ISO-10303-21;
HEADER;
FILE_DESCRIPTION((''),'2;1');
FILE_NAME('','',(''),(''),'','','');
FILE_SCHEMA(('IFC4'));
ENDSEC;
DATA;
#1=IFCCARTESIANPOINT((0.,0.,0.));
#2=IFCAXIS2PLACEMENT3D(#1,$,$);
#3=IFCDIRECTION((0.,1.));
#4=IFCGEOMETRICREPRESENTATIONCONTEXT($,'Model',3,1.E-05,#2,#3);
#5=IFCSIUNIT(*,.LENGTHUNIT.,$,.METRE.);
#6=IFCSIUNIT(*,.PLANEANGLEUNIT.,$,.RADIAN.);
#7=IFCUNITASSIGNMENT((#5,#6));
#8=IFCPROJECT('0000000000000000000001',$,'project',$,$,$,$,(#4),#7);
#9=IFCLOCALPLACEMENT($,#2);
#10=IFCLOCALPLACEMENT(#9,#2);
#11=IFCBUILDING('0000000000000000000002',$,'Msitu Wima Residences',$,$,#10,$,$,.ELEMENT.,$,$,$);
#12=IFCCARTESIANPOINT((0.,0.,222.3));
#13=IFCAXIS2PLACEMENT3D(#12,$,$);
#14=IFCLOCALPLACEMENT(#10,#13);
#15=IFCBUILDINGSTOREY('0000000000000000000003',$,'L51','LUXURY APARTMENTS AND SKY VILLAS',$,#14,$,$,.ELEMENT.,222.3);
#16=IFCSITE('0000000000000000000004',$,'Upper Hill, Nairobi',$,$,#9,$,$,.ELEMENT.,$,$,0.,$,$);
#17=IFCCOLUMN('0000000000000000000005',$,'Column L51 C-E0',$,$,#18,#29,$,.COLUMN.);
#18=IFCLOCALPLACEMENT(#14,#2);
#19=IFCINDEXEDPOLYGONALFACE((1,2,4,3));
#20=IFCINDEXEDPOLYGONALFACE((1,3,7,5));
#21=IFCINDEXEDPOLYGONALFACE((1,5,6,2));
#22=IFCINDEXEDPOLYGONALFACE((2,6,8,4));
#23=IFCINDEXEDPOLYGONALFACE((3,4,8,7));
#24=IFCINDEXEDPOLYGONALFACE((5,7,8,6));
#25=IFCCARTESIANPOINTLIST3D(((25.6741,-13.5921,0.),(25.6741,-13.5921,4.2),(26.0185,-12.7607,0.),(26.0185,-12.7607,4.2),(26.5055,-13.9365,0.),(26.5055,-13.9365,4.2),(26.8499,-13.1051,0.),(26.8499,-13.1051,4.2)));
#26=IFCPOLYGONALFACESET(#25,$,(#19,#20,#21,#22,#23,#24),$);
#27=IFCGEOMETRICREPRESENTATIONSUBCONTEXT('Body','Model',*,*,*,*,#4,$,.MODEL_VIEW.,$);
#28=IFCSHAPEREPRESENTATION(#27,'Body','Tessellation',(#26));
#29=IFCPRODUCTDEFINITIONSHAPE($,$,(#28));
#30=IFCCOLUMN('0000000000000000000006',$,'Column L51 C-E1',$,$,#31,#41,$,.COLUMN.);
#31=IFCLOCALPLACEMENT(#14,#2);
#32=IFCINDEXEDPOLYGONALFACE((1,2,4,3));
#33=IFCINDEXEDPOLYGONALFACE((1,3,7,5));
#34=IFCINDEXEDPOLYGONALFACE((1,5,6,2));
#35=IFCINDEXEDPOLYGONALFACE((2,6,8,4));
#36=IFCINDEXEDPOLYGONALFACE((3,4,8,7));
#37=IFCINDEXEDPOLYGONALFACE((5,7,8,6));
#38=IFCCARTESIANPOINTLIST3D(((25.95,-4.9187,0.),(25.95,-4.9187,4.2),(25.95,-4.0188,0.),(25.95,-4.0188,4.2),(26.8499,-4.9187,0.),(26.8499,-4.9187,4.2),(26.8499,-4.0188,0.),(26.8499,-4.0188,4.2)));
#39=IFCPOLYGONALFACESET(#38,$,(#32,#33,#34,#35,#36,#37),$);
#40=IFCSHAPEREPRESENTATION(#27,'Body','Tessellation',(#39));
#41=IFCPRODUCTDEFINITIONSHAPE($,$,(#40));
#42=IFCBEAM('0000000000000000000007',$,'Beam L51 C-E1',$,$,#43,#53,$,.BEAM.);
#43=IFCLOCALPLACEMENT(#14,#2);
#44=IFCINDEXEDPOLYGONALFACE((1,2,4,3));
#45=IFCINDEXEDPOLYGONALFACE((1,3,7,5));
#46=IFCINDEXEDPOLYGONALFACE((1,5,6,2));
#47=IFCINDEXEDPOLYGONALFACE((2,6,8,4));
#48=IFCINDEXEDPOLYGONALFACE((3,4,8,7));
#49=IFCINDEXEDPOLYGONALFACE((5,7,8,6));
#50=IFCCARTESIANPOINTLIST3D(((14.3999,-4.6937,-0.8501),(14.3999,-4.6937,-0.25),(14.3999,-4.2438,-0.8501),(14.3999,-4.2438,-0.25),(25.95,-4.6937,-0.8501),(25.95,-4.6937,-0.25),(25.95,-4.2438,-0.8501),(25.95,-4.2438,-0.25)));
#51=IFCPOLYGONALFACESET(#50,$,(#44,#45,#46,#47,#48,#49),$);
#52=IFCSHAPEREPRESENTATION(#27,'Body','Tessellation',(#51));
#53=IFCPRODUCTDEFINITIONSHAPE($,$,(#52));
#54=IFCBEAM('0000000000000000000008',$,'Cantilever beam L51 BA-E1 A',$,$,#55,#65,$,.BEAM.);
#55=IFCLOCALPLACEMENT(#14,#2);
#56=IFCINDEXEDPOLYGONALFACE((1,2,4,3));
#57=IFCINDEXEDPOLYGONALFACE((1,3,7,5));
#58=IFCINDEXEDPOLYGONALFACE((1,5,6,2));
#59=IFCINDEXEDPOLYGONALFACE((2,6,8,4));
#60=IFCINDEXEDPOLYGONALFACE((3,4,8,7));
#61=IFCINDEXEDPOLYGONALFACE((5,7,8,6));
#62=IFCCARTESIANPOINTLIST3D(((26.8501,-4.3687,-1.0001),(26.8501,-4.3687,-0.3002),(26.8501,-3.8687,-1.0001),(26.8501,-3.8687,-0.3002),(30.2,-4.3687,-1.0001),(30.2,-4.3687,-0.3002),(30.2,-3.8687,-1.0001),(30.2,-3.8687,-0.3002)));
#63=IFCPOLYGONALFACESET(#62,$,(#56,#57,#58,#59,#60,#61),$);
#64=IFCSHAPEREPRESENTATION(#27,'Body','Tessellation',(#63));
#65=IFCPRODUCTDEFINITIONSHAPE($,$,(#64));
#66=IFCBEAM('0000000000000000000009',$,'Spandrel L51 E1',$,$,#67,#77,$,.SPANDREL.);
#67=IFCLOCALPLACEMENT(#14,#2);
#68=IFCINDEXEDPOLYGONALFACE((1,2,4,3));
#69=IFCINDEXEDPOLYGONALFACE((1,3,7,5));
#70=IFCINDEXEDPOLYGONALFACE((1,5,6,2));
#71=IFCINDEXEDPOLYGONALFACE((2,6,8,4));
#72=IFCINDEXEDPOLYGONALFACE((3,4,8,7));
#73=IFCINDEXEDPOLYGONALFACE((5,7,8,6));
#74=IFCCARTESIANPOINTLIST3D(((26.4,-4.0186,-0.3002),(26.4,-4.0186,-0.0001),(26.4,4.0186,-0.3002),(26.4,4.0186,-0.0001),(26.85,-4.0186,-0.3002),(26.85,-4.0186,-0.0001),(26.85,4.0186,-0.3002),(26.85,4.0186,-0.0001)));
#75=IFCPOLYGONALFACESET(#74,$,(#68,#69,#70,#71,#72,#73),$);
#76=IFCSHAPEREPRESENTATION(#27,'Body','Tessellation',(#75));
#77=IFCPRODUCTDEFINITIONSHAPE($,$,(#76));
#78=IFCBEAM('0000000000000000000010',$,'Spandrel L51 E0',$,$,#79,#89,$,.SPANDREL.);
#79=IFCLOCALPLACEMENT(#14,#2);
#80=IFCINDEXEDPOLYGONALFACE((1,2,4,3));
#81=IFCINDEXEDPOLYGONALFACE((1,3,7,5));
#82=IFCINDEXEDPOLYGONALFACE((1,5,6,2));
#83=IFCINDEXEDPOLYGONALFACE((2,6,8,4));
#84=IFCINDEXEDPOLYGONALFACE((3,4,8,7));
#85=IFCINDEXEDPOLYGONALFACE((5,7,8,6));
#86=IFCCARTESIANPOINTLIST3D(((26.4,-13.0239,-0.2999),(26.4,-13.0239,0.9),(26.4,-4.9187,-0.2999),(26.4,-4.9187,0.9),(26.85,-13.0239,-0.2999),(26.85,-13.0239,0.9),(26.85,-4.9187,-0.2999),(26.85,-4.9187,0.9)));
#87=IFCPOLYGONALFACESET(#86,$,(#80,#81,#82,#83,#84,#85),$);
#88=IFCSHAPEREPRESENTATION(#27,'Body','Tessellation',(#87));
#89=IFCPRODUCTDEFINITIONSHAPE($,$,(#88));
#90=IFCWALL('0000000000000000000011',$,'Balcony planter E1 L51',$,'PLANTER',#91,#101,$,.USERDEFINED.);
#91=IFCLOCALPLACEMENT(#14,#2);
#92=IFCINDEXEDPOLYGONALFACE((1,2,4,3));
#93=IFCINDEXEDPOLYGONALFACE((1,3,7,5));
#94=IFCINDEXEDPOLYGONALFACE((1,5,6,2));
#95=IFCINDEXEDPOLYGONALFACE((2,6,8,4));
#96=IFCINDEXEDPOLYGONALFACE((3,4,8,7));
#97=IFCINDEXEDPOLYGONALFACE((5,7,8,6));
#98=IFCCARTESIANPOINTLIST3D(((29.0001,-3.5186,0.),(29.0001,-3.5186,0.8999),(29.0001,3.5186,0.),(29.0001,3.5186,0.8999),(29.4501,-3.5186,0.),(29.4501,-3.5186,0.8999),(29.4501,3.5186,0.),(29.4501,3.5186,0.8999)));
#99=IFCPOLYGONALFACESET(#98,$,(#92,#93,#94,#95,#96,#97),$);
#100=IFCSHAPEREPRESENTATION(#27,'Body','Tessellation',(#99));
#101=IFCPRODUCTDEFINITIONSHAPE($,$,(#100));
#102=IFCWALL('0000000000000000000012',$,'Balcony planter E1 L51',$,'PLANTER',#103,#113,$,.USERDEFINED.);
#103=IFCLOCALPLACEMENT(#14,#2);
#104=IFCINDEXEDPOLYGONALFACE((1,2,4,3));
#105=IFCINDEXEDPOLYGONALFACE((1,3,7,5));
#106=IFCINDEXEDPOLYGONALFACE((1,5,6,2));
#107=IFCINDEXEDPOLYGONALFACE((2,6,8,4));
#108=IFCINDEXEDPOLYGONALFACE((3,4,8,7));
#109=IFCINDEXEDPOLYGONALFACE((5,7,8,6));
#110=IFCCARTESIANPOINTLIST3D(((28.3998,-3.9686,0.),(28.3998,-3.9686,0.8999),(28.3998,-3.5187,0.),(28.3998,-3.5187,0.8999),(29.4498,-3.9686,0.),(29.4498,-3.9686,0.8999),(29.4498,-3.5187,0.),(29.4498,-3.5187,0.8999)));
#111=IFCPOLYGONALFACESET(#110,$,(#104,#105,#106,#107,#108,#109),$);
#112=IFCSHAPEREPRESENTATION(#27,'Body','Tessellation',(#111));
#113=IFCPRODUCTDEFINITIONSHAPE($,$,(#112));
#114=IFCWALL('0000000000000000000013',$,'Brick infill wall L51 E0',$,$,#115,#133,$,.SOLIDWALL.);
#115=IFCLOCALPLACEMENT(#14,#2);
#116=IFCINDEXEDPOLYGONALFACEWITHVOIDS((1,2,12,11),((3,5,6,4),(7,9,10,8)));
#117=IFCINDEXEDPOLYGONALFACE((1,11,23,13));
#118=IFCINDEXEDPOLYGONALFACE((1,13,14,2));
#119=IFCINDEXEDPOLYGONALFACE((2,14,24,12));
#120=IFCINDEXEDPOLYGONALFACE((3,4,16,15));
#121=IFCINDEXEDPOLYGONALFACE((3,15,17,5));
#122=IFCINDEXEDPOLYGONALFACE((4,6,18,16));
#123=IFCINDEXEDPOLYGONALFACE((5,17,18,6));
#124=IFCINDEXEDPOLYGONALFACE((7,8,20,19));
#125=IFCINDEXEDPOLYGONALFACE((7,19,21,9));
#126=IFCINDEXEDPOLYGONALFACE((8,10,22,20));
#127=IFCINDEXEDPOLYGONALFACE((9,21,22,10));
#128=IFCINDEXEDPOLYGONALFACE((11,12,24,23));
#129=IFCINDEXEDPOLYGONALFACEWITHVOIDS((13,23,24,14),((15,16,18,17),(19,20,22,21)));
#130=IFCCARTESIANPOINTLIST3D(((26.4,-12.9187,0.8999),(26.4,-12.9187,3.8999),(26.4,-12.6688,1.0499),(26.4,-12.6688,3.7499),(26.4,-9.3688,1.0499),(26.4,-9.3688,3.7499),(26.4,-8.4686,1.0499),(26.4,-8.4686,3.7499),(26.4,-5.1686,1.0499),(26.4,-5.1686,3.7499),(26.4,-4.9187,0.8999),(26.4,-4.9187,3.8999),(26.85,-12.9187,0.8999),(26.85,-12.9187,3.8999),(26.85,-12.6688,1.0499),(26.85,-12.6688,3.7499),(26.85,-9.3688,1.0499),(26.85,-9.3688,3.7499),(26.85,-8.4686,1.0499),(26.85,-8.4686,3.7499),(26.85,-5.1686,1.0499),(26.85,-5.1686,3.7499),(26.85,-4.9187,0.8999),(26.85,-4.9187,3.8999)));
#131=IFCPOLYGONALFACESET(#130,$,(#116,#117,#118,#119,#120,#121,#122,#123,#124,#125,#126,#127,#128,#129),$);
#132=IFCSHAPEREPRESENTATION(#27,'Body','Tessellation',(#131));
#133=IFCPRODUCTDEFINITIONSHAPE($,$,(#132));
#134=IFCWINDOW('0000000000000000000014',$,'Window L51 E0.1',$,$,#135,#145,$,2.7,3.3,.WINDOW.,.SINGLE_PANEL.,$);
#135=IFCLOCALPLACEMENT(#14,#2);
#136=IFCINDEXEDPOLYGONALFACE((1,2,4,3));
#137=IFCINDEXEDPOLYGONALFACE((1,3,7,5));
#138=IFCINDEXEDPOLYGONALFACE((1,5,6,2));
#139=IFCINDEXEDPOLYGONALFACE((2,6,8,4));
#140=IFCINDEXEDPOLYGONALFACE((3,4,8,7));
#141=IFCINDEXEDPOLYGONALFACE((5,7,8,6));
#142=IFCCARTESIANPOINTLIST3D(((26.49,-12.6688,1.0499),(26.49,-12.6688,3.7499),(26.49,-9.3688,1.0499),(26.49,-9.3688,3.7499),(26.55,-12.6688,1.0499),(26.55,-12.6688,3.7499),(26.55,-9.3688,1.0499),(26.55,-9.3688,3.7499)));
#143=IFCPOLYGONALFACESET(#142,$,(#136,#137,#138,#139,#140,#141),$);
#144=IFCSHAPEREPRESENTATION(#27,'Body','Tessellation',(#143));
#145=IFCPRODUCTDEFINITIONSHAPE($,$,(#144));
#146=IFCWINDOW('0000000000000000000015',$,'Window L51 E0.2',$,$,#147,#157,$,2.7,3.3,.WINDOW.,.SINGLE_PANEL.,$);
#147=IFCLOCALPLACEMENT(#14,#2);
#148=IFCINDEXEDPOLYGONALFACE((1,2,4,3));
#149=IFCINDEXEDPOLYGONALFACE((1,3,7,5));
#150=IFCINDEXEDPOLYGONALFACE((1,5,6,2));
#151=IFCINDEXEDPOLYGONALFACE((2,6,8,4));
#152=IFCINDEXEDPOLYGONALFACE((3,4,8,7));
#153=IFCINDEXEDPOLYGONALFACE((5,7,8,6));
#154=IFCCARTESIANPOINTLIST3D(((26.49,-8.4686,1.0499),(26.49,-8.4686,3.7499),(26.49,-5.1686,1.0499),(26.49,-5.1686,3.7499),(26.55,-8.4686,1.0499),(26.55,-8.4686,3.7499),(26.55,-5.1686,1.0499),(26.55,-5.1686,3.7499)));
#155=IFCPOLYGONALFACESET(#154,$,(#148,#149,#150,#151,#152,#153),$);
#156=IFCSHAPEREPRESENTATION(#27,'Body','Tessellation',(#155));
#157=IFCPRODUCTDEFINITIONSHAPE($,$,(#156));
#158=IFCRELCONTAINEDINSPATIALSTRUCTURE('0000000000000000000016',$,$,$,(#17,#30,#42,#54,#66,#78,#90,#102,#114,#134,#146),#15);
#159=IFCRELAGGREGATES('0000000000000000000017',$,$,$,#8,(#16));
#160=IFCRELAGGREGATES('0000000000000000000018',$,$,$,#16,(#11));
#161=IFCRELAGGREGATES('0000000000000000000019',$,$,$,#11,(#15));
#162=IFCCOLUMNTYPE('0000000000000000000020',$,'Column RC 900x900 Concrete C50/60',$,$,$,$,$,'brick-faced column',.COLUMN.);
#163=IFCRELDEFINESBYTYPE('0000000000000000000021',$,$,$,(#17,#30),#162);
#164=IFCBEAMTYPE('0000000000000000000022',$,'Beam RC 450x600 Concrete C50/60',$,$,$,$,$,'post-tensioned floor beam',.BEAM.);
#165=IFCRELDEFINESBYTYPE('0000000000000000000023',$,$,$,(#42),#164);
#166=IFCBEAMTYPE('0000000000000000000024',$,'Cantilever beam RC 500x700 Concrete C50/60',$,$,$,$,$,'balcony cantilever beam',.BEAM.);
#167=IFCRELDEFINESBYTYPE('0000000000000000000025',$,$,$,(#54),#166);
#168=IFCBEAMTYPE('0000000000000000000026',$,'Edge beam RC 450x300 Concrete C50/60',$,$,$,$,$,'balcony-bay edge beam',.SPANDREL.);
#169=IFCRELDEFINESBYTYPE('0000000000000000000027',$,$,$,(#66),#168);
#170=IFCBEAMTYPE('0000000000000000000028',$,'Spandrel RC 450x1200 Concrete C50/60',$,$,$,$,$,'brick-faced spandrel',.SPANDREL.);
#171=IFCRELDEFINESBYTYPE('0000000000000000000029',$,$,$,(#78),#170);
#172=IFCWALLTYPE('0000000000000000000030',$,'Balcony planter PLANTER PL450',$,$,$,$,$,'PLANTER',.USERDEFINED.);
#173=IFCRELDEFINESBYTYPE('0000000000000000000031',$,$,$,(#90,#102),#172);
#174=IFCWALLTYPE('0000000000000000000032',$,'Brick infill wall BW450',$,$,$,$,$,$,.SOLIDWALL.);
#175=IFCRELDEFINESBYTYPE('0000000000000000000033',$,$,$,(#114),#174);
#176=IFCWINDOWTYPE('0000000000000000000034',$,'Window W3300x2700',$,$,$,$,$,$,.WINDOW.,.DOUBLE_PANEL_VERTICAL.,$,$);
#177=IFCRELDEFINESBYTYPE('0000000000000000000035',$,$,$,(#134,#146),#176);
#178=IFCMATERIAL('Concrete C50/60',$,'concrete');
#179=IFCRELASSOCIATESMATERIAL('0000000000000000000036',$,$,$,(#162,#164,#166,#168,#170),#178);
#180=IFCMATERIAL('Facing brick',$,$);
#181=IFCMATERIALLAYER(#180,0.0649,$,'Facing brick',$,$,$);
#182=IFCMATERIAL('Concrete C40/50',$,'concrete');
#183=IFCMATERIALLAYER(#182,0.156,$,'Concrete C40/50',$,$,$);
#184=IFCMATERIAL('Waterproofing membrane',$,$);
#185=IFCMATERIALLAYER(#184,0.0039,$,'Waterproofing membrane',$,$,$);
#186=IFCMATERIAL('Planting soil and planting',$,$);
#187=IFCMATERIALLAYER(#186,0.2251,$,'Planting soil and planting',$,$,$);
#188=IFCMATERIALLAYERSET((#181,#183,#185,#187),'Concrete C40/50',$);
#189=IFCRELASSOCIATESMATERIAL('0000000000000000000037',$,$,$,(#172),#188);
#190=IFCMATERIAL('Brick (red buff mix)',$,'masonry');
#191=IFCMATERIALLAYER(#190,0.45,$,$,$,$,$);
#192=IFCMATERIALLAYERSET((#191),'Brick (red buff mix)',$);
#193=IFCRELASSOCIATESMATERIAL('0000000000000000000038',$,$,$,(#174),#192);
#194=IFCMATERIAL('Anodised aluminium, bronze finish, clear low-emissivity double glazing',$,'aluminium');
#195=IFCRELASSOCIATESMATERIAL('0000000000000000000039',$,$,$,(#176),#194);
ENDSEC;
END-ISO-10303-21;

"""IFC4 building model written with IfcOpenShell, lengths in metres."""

from ifc_helpers import new_model, si_unit, direction, frame, frame_2d, origin, origin_2d, place, context, subcontext, project, spatial, rectangle, extrude, material, layer, layer_set, material_profile, profile_set, type_object, element, fill, save


model = new_model("IFC4")

# Units and contexts
model_context = context("Model", 3, precision=1e-05, world=origin(), true_north=direction((0.0, 1.0)))
body_context = subcontext(model_context, "Body", "Model", "MODEL_VIEW")
ifc_project = project(units=[si_unit("LENGTHUNIT", "METRE"), si_unit("PLANEANGLEUNIT", "RADIAN")], contexts=[model_context])

# Site, building, storey
site_placement = place(None, origin())
site = spatial("IfcSite", under=ifc_project, at=site_placement, Name="Upper Hill, Nairobi", CompositionType="ELEMENT", RefElevation=0.0)
building_placement = place(site_placement, origin())
building = spatial("IfcBuilding", under=site, at=building_placement, Name="Msitu Wima Residences", CompositionType="ELEMENT")
storey_placement = place(building_placement, frame((0.0, 0.0, 222.3)))
storey = spatial("IfcBuildingStorey", under=building, at=storey_placement, Name="L51", Description="LUXURY APARTMENTS AND SKY VILLAS", CompositionType="ELEMENT", Elevation=222.3)

# Columns
ifc_material_1 = material(Name="Concrete C50/60", Category="concrete")
ifc_material_profile_1 = material_profile(ifc_material_1, rectangle(XDim=0.8999, YDim=0.8999, at=origin_2d()), Name="RC 900x900")
ifc_profile_set_1 = profile_set([ifc_material_profile_1], Name="Concrete C50/60")
column_type = type_object("IfcColumnType", Name="Column RC 900x900 Concrete C50/60", ElementType="brick-faced column", PredefinedType="COLUMN", material=ifc_profile_set_1)
for number, where, z_axis, x_axis, name in (
    (1, (26.262, -13.3486, 0.0), (0.0, 0.0, 1.0), (0.382683, 0.92388, 0.0), "Column L51 C-E0"),
    (2, (26.3999, -4.4688, 0.0), (0.0, 0.0, 1.0), (0.0, 1.0, 0.0), "Column L51 C-E1"),
):
    element("IfcColumn", number, at=place(storey_placement, frame(where, z_axis=z_axis, x_axis=x_axis)), inside=storey, type_object=column_type, Name=name, PredefinedType="COLUMN", context=body_context, shape_type="SweptSolid", body=[
        extrude(rectangle(XDim=0.8999, YDim=0.8999, at=origin_2d()), origin(), (0.0, 0.0, 1.0), 4.2),
    ])

# Beams
ifc_material_profile_2 = material_profile(ifc_material_1, rectangle(XDim=0.45, YDim=0.6001, at=origin_2d()), Name="RC 450x600")
ifc_profile_set_2 = profile_set([ifc_material_profile_2], Name="Concrete C50/60")
beam_type_1 = type_object("IfcBeamType", Name="Beam RC 450x600 Concrete C50/60", ElementType="post-tensioned floor beam", PredefinedType="BEAM", material=ifc_profile_set_2)
beam_1_placement = place(storey_placement, frame((25.95, -4.4688, -0.55), z_axis=(-1.0, 0.0, 0.0), x_axis=(0.0, -1.0, 0.0)))
element("IfcBeam", 3, at=beam_1_placement, inside=storey, type_object=beam_type_1, Name="Beam L51 C-E1", PredefinedType="BEAM", context=body_context, shape_type="SweptSolid", body=[
    extrude(rectangle(XDim=0.45, YDim=0.6001, at=origin_2d()), origin(), (0.0, 0.0, 1.0), 11.55),
])
ifc_material_profile_3 = material_profile(ifc_material_1, rectangle(XDim=0.5, YDim=0.7, at=origin_2d()), Name="RC 500x700")
ifc_profile_set_3 = profile_set([ifc_material_profile_3], Name="Concrete C50/60")
beam_type_2 = type_object("IfcBeamType", Name="Cantilever beam RC 500x700 Concrete C50/60", ElementType="balcony cantilever beam", PredefinedType="BEAM", material=ifc_profile_set_3)
beam_2_placement = place(storey_placement, frame((26.8501, -4.1187, -0.6501), z_axis=(1.0, 0.0, 0.0), x_axis=(0.0, 1.0, 0.0)))
element("IfcBeam", 4, at=beam_2_placement, inside=storey, type_object=beam_type_2, Name="Cantilever beam L51 BA-E1 A", PredefinedType="BEAM", context=body_context, shape_type="SweptSolid", body=[
    extrude(rectangle(XDim=0.5, YDim=0.7, at=origin_2d()), origin(), (0.0, 0.0, 1.0), 3.3499),
])
ifc_material_profile_4 = material_profile(ifc_material_1, rectangle(XDim=0.45, YDim=0.3, at=origin_2d()), Name="RC 450x300")
ifc_profile_set_4 = profile_set([ifc_material_profile_4], Name="Concrete C50/60")
beam_type_3 = type_object("IfcBeamType", Name="Edge beam RC 450x300 Concrete C50/60", ElementType="balcony-bay edge beam", PredefinedType="SPANDREL", material=ifc_profile_set_4)
beam_3_placement = place(storey_placement, frame((26.625, -4.0186, -0.1501), z_axis=(0.0, 1.0, 0.0), x_axis=(-1.0, 0.0, 0.0)))
element("IfcBeam", 5, at=beam_3_placement, inside=storey, type_object=beam_type_3, Name="Spandrel L51 E1", PredefinedType="SPANDREL", context=body_context, shape_type="SweptSolid", body=[
    extrude(rectangle(XDim=0.45, YDim=0.3, at=origin_2d()), origin(), (0.0, 0.0, 1.0), 8.0371),
])
ifc_material_profile_5 = material_profile(ifc_material_1, rectangle(XDim=0.45, YDim=1.2, at=origin_2d()), Name="RC 450x1200")
ifc_profile_set_5 = profile_set([ifc_material_profile_5], Name="Concrete C50/60")
beam_type_4 = type_object("IfcBeamType", Name="Spandrel RC 450x1200 Concrete C50/60", ElementType="brick-faced spandrel", PredefinedType="SPANDREL", material=ifc_profile_set_5)
beam_4_placement = place(storey_placement, frame((26.625, -13.0239, 0.3), z_axis=(0.0, 1.0, 0.0), x_axis=(-1.0, 0.0, 0.0)))
element("IfcBeam", 6, at=beam_4_placement, inside=storey, type_object=beam_type_4, Name="Spandrel L51 E0", PredefinedType="SPANDREL", context=body_context, shape_type="SweptSolid", body=[
    extrude(rectangle(XDim=0.45, YDim=1.2, at=origin_2d()), origin(), (0.0, 0.0, 1.0), 8.1052),
])

# Walls
ifc_material_2 = material(Name="Facing brick")
ifc_layer_1 = layer(ifc_material_2, 0.0649, Name="Facing brick")
ifc_material_3 = material(Name="Concrete C40/50", Category="concrete")
ifc_layer_2 = layer(ifc_material_3, 0.156, Name="Concrete C40/50")
ifc_material_4 = material(Name="Waterproofing membrane")
ifc_layer_3 = layer(ifc_material_4, 0.0039, Name="Waterproofing membrane")
ifc_material_5 = material(Name="Planting soil and planting")
ifc_layer_4 = layer(ifc_material_5, 0.2251, Name="Planting soil and planting")
ifc_layer_set_1 = layer_set([ifc_layer_1, ifc_layer_2, ifc_layer_3, ifc_layer_4], Name="Concrete C40/50")
wall_type_1 = type_object("IfcWallType", Name="Balcony planter PLANTER PL450", ElementType="PLANTER", PredefinedType="USERDEFINED", material=ifc_layer_set_1)
wall_1_placement = place(storey_placement, frame((29.2251, -3.5186, 0.0), z_axis=(0.0, 0.0, 1.0), x_axis=(0.0, 1.0, 0.0)))
element("IfcWall", 7, at=wall_1_placement, inside=storey, type_object=wall_type_1, Name="Balcony planter E1 L51", ObjectType="PLANTER", PredefinedType="USERDEFINED", context=body_context, shape_type="SweptSolid", body=[
    extrude(rectangle(XDim=7.0371, YDim=0.45, at=frame_2d((3.5186, 0.0))), origin(), (0.0, 0.0, 1.0), 0.8999),
])
wall_2_placement = place(storey_placement, frame((28.3999, -3.7437, 0.0), z_axis=(0.0, 0.0, 1.0), x_axis=(1.0, 0.0, 0.0)))
element("IfcWall", 8, at=wall_2_placement, inside=storey, type_object=wall_type_1, Name="Balcony planter E1 L51", ObjectType="PLANTER", PredefinedType="USERDEFINED", context=body_context, shape_type="SweptSolid", body=[
    extrude(rectangle(XDim=1.05, YDim=0.45, at=frame_2d((0.5249, 0.0))), origin(), (0.0, 0.0, 1.0), 0.8999),
])

# Wall, openings, windows
ifc_material_6 = material(Name="Brick (red buff mix)", Category="masonry")
ifc_layer_5 = layer(ifc_material_6, 0.45)
ifc_layer_set_2 = layer_set([ifc_layer_5], Name="Brick (red buff mix)")
wall_type_2 = type_object("IfcWallType", Name="Brick infill wall BW450", PredefinedType="SOLIDWALL", material=ifc_layer_set_2)
wall_3_placement = place(storey_placement, frame((26.625, -12.9187, 0.8999), z_axis=(0.0, 0.0, 1.0), x_axis=(0.0, 1.0, 0.0)))
wall_3 = element("IfcWall", 9, at=wall_3_placement, inside=storey, type_object=wall_type_2, Name="Brick infill wall L51 E0", PredefinedType="SOLIDWALL", context=body_context, shape_type="SweptSolid", body=[
    extrude(rectangle(XDim=8.0, YDim=0.45, at=frame_2d((4.0, 0.0))), origin(), (0.0, 0.0, 1.0), 3.0),
])
opening_1_placement = place(wall_3_placement, frame((0.25, 0.0, 0.1499)))
opening_1 = element("IfcOpeningElement", 10, at=opening_1_placement, cuts=wall_3, PredefinedType="OPENING", context=body_context, shape_type="SweptSolid", body=[
    extrude(rectangle(XDim=3.3, YDim=2.7, at=frame_2d((1.6499, 1.3501))), frame((0.0, 0.2349, 0.0), z_axis=(0.0, -1.0, 0.0), x_axis=(1.0, 0.0, 0.0)), (0.0, 0.0, 1.0), 0.47),
])
opening_2_placement = place(wall_3_placement, frame((4.4502, 0.0, 0.1499)))
opening_2 = element("IfcOpeningElement", 11, at=opening_2_placement, cuts=wall_3, PredefinedType="OPENING", context=body_context, shape_type="SweptSolid", body=[
    extrude(rectangle(XDim=3.3, YDim=2.7, at=frame_2d((1.6499, 1.3501))), frame((0.0, 0.2349, 0.0), z_axis=(0.0, -1.0, 0.0), x_axis=(1.0, 0.0, 0.0)), (0.0, 0.0, 1.0), 0.47),
])
ifc_material_7 = material(Name="Anodised aluminium, bronze finish, clear low-emissivity double glazing", Category="aluminium")
window_type = type_object("IfcWindowType", Name="Window W3300x2700", PartitioningType="DOUBLE_PANEL_VERTICAL", PredefinedType="WINDOW", material=ifc_material_7)
window_1_placement = place(opening_1_placement, origin())
window_1 = element("IfcWindow", 12, at=window_1_placement, inside=storey, type_object=window_type, Name="Window L51 E0.1", OverallHeight=2.7, OverallWidth=3.3, PartitioningType="SINGLE_PANEL", PredefinedType="WINDOW", context=body_context, shape_type="SweptSolid", body=[
    extrude(rectangle(XDim=3.3, YDim=2.7, at=frame_2d((1.6499, 1.3501))), frame((0.0, 0.135, 0.0), z_axis=(0.0, -1.0, 0.0), x_axis=(1.0, 0.0, 0.0)), (0.0, 0.0, 1.0), 0.0601),
])
fill(opening_1, window_1)
window_2_placement = place(opening_2_placement, origin())
window_2 = element("IfcWindow", 13, at=window_2_placement, inside=storey, type_object=window_type, Name="Window L51 E0.2", OverallHeight=2.7, OverallWidth=3.3, PartitioningType="SINGLE_PANEL", PredefinedType="WINDOW", context=body_context, shape_type="SweptSolid", body=[
    extrude(rectangle(XDim=3.3, YDim=2.7, at=frame_2d((1.6499, 1.3501))), frame((0.0, 0.135, 0.0), z_axis=(0.0, -1.0, 0.0), x_axis=(1.0, 0.0, 0.0)), (0.0, 0.0, 1.0), 0.0601),
])
fill(opening_2, window_2)

save(model, "model.ifc")
